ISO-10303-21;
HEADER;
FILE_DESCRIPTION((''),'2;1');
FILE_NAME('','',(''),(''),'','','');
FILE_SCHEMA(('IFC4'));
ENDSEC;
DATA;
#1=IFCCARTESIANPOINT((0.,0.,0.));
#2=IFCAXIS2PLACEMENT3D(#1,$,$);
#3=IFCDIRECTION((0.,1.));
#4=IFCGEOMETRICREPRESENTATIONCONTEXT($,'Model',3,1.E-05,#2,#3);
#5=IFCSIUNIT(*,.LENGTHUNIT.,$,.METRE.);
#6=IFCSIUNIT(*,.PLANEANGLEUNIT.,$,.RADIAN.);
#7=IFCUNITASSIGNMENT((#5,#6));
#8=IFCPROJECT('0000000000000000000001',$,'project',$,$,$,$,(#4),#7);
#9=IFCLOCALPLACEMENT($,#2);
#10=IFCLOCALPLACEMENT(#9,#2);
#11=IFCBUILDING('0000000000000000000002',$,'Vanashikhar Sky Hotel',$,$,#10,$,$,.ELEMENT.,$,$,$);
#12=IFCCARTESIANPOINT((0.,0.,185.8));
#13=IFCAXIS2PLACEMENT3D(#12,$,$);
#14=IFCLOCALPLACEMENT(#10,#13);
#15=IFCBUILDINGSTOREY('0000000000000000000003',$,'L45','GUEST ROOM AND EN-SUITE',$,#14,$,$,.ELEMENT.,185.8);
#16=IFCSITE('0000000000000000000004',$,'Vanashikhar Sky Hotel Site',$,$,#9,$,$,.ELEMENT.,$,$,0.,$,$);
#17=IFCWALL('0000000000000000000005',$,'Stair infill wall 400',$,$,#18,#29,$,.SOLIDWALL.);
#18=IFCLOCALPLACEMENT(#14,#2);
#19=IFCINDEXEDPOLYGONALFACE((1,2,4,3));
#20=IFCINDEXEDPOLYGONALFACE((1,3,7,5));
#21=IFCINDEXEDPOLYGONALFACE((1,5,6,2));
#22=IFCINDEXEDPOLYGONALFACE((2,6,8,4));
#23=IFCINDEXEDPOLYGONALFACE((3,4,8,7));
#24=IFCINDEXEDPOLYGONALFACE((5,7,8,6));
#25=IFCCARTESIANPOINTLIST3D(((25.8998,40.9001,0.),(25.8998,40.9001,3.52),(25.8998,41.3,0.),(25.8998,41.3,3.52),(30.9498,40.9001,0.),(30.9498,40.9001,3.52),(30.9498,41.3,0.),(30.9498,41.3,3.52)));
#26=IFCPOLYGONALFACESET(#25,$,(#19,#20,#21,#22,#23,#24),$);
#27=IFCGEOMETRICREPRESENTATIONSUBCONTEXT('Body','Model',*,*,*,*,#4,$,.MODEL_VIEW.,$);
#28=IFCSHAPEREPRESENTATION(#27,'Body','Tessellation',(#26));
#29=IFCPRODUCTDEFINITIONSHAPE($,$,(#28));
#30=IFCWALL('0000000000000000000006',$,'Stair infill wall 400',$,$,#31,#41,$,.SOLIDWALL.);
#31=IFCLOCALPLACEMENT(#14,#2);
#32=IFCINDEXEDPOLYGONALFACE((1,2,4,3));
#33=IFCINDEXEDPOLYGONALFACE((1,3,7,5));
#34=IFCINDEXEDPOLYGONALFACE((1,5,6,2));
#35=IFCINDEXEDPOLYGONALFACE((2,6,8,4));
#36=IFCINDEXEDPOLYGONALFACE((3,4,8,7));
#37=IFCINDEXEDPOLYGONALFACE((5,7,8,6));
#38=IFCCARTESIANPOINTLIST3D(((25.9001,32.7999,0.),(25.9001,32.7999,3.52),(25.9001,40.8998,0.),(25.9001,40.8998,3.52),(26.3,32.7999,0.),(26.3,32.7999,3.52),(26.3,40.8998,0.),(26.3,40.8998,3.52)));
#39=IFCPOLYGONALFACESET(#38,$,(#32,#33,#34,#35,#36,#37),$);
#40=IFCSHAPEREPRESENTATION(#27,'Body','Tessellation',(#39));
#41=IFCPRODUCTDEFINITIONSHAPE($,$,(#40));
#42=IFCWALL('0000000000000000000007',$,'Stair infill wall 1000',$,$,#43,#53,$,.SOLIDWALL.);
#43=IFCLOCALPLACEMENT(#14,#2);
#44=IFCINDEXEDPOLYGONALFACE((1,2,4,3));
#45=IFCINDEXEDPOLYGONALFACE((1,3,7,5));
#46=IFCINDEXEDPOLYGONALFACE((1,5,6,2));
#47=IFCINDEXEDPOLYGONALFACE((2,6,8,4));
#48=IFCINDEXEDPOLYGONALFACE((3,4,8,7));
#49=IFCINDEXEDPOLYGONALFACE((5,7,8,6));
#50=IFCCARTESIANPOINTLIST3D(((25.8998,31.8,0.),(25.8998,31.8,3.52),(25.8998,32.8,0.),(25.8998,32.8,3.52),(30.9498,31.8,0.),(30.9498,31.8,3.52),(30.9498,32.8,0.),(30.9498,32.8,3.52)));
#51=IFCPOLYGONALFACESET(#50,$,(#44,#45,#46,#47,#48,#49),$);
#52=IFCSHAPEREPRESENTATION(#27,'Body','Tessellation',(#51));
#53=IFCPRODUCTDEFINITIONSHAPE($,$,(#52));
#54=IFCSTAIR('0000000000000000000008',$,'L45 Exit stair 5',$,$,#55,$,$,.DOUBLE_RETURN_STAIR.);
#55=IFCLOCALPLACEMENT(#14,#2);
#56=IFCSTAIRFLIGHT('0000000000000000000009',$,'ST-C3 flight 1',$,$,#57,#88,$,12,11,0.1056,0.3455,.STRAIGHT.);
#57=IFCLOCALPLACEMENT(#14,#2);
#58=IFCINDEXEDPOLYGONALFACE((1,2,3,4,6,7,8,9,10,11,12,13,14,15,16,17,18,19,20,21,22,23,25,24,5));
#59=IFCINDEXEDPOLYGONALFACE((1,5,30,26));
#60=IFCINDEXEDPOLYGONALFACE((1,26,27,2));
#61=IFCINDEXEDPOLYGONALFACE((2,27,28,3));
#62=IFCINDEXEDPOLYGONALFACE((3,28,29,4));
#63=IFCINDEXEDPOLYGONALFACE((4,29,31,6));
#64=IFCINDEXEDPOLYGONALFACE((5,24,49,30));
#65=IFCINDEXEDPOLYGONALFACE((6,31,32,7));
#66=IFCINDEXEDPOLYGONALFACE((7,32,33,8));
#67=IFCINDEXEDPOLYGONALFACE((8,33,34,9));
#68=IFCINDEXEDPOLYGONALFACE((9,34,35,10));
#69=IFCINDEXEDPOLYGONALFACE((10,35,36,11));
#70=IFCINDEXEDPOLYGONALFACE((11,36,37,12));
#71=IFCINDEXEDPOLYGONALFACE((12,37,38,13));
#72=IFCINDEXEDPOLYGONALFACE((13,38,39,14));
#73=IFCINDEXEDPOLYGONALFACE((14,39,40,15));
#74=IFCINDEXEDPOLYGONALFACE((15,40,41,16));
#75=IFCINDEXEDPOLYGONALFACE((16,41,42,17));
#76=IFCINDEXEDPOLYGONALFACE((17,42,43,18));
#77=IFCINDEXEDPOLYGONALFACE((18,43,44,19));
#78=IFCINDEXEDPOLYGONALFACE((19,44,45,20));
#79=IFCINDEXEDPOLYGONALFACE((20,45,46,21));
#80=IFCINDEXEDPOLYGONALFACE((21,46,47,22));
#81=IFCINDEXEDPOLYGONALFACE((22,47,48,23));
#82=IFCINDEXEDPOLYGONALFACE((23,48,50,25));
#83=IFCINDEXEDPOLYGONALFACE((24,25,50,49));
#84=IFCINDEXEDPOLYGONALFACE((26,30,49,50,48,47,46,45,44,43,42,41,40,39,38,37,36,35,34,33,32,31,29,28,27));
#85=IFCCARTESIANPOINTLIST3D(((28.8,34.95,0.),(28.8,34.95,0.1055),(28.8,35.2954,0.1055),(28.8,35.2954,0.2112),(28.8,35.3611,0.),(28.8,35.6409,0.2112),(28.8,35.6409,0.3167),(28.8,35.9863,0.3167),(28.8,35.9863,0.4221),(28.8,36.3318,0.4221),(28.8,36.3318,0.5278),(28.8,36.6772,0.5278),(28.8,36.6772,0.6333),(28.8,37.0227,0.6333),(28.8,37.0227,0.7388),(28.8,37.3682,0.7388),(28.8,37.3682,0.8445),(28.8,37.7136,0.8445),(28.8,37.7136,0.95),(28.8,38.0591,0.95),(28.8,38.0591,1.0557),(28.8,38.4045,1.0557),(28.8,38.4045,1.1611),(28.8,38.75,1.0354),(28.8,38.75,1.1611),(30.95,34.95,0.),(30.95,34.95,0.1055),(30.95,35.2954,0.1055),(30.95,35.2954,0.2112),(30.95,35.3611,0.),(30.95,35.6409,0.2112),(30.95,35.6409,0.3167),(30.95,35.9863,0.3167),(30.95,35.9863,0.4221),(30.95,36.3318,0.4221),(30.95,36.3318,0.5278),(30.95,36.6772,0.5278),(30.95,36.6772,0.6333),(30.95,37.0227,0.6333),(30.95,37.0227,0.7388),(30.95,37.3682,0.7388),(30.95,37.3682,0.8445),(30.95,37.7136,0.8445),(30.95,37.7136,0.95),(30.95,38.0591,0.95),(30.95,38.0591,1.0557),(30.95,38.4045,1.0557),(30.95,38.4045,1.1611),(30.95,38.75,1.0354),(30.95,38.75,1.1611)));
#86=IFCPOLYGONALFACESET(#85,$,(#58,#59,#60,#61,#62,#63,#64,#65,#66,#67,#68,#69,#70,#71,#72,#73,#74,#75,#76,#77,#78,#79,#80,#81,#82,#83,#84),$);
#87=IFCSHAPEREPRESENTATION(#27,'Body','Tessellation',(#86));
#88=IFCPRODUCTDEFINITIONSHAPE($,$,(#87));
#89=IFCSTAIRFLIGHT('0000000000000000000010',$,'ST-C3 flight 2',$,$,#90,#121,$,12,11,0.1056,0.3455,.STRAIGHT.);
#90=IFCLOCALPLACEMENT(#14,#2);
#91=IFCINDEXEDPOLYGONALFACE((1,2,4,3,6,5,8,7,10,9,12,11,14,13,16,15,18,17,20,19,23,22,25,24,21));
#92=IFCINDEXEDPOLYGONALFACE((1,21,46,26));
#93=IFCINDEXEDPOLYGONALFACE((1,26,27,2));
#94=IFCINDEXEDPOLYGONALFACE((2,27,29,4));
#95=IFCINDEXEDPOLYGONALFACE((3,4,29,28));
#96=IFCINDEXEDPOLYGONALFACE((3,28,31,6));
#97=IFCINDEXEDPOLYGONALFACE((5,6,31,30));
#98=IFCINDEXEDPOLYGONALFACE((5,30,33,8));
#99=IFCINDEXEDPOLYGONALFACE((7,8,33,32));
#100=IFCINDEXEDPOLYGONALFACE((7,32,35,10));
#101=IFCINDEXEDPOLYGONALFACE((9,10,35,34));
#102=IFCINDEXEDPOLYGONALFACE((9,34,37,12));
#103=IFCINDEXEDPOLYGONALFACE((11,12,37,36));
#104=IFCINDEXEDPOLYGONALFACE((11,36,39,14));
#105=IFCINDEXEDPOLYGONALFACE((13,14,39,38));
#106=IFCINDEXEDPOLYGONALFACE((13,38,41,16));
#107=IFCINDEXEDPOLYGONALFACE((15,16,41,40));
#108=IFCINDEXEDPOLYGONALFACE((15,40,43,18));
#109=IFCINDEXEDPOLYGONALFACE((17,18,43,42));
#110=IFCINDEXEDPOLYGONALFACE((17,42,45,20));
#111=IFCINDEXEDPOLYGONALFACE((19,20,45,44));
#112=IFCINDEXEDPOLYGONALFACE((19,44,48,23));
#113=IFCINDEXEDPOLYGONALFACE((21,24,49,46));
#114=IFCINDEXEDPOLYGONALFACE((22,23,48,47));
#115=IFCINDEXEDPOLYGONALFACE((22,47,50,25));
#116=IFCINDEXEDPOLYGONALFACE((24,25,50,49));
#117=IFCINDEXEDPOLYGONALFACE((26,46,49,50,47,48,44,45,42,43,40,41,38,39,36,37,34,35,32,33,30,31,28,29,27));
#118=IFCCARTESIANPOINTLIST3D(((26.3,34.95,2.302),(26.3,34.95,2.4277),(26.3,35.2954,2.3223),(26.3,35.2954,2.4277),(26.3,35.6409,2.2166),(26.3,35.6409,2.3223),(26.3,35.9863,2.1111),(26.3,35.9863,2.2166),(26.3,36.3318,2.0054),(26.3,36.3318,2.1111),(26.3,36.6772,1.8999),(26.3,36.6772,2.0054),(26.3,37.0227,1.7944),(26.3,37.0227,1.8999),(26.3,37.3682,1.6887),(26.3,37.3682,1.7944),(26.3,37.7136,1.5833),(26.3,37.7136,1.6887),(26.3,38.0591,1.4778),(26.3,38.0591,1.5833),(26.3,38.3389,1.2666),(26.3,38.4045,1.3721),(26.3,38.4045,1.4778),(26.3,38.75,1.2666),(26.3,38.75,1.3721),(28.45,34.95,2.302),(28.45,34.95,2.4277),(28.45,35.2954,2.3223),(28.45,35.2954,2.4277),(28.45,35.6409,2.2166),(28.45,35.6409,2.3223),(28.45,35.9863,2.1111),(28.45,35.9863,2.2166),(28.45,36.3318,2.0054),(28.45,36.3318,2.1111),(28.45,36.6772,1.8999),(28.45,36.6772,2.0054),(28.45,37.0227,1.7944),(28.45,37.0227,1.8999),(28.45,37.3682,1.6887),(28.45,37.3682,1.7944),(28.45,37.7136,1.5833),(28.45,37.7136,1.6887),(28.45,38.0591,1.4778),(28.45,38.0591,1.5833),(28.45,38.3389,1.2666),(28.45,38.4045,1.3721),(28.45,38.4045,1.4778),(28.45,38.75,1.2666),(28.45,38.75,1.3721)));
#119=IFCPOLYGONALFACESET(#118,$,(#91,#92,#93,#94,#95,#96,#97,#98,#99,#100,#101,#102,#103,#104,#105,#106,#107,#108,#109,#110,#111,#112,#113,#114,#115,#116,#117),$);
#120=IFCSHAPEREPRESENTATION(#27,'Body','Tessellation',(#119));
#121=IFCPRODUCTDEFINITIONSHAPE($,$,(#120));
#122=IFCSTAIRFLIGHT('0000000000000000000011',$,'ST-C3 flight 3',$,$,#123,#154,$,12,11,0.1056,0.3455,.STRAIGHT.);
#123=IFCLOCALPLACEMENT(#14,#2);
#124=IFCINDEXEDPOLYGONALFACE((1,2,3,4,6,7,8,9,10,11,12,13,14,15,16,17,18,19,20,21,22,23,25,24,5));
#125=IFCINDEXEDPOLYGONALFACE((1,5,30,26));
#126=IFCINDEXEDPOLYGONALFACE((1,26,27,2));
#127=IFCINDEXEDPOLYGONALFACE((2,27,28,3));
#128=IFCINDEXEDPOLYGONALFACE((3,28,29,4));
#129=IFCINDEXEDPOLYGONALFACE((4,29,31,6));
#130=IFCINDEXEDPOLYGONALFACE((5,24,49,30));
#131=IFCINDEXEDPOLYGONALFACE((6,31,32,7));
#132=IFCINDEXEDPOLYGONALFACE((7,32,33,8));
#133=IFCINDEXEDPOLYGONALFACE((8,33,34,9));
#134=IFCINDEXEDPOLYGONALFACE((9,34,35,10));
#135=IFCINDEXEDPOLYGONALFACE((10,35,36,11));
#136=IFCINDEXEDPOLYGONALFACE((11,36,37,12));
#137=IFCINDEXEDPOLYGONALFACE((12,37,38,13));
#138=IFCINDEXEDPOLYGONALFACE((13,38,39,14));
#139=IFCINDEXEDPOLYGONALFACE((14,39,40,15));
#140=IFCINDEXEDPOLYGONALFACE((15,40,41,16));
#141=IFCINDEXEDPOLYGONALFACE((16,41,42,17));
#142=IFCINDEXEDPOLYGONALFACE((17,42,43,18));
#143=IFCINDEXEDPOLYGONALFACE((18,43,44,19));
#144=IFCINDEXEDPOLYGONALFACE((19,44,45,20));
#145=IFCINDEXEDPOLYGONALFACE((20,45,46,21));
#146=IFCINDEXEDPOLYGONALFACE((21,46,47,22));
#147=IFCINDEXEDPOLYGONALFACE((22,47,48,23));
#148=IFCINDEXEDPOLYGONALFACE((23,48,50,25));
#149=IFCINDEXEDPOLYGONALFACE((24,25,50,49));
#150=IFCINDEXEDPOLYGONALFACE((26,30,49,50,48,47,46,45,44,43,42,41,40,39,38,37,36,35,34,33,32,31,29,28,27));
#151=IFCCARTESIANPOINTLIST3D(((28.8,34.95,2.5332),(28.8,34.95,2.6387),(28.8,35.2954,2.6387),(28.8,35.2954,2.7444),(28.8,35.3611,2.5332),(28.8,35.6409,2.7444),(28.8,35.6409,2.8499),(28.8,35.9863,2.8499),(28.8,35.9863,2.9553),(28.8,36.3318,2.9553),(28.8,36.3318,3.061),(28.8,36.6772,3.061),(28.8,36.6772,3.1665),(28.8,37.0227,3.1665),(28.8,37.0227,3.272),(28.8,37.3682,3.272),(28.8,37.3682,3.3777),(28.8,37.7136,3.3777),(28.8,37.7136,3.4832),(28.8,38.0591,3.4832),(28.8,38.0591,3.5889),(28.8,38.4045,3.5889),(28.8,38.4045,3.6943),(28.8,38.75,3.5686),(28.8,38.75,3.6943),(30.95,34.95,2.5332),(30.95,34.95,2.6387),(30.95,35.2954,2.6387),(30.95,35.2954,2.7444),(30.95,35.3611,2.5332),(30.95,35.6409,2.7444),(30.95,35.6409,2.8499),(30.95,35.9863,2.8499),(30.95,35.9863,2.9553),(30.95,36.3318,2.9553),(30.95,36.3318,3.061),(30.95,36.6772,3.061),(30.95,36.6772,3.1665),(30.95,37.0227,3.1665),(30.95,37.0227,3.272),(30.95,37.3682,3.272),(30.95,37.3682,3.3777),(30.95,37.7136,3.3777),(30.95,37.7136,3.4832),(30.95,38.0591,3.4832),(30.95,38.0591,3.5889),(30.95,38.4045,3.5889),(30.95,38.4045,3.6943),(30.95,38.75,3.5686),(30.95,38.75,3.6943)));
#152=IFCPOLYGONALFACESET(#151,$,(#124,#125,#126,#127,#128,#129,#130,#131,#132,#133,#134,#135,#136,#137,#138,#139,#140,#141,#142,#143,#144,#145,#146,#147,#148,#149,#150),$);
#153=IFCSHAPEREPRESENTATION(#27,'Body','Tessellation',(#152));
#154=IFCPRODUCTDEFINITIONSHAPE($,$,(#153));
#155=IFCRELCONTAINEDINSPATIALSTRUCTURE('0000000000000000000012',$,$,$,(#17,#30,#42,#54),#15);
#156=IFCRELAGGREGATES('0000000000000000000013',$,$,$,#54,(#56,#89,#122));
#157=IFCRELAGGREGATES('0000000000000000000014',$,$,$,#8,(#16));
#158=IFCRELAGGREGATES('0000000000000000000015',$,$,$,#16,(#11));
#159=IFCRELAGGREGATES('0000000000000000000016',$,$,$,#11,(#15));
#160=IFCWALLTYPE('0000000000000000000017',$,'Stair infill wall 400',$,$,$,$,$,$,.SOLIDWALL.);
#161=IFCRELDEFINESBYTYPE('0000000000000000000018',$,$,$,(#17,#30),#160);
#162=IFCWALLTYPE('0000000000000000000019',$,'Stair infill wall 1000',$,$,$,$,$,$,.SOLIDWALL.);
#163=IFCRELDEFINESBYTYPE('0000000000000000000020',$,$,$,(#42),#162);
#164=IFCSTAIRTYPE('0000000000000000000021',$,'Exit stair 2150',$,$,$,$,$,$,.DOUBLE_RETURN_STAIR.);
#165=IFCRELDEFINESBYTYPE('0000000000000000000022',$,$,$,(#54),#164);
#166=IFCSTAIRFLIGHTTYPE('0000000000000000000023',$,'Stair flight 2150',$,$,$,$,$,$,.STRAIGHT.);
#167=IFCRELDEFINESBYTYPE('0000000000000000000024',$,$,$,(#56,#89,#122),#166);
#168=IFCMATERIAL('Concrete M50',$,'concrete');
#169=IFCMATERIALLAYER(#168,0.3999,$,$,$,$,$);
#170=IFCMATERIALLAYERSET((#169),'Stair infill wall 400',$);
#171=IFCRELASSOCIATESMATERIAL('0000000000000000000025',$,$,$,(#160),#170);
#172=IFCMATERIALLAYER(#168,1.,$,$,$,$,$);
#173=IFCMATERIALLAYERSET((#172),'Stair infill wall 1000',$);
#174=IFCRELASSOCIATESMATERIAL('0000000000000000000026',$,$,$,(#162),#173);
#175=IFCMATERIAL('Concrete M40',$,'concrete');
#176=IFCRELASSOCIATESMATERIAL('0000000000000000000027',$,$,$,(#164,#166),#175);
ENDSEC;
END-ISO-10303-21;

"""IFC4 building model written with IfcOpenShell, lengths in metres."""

from ifc_helpers import new_model, si_unit, direction, frame, frame_2d, origin, place, context, subcontext, project, spatial, polyline, rectangle, outline, extrude, source, transform, mapped, material, layer, layer_set, type_object, element, aggregate, save


model = new_model("IFC4")

# Units and contexts
model_context = context("Model", 3, precision=1e-05, world=origin(), true_north=direction((0.0, 1.0)))
body_context = subcontext(model_context, "Body", "Model", "MODEL_VIEW")
ifc_project = project(units=[si_unit("LENGTHUNIT", "METRE"), si_unit("PLANEANGLEUNIT", "RADIAN")], contexts=[model_context])

# Site, building, storey
site_placement = place(None, origin())
site = spatial("IfcSite", under=ifc_project, at=site_placement, Name="Vanashikhar Sky Hotel Site", CompositionType="ELEMENT", RefElevation=0.0)
building_placement = place(site_placement, origin())
building = spatial("IfcBuilding", under=site, at=building_placement, Name="Vanashikhar Sky Hotel", CompositionType="ELEMENT")
storey_placement = place(building_placement, frame((0.0, 0.0, 185.8)))
storey = spatial("IfcBuildingStorey", under=building, at=storey_placement, Name="L45", Description="GUEST ROOM AND EN-SUITE", CompositionType="ELEMENT", Elevation=185.8)

# Shared definitions
ifc_material_1 = material(Name="Concrete M50", Category="concrete")

# Shared definitions
ifc_material_2 = material(Name="Concrete M40", Category="concrete")

# Walls
ifc_layer_1 = layer(ifc_material_1, 0.3999)
ifc_layer_set_1 = layer_set([ifc_layer_1], Name="Stair infill wall 400")
wall_type_1 = type_object("IfcWallType", Name="Stair infill wall 400", PredefinedType="SOLIDWALL", material=ifc_layer_set_1)
shared_shape_1 = source(origin(), body_context, "Body", "SweptSolid", [
    extrude(rectangle(XDim=5.05, YDim=0.3999, at=frame_2d((2.5249, 0.0))), origin(), (0.0, 0.0, 1.0), 3.52),
])
wall_1_placement = place(storey_placement, frame((25.8999, 41.1001, 0.0), z_axis=(0.0, 0.0, 1.0), x_axis=(1.0, 0.0, 0.0)))
element("IfcWall", 1, at=wall_1_placement, inside=storey, type_object=wall_type_1, Name="Stair infill wall 400", PredefinedType="SOLIDWALL", context=body_context, shape_type="MappedRepresentation", body=[
    mapped(shared_shape_1, transform((0.0, 0.0, 0.0), scale=1.0)),
])
shared_shape_2 = source(origin(), body_context, "Body", "SweptSolid", [
    extrude(rectangle(XDim=8.0999, YDim=0.3999, at=frame_2d((4.0498, 0.0))), origin(), (0.0, 0.0, 1.0), 3.52),
])
wall_2_placement = place(storey_placement, frame((26.1001, 32.8, 0.0), z_axis=(0.0, 0.0, 1.0), x_axis=(0.0, 1.0, 0.0)))
element("IfcWall", 2, at=wall_2_placement, inside=storey, type_object=wall_type_1, Name="Stair infill wall 400", PredefinedType="SOLIDWALL", context=body_context, shape_type="MappedRepresentation", body=[
    mapped(shared_shape_2, transform((0.0, 0.0, 0.0), scale=1.0)),
])
ifc_layer_2 = layer(ifc_material_1, 1.0)
ifc_layer_set_2 = layer_set([ifc_layer_2], Name="Stair infill wall 1000")
wall_type_2 = type_object("IfcWallType", Name="Stair infill wall 1000", PredefinedType="SOLIDWALL", material=ifc_layer_set_2)
shared_shape_3 = source(origin(), body_context, "Body", "SweptSolid", [
    extrude(rectangle(XDim=5.05, YDim=1.0, at=frame_2d((2.5249, 0.0))), origin(), (0.0, 0.0, 1.0), 3.52),
])
wall_3_placement = place(storey_placement, frame((25.8999, 32.3, 0.0), z_axis=(0.0, 0.0, 1.0), x_axis=(1.0, 0.0, 0.0)))
element("IfcWall", 3, at=wall_3_placement, inside=storey, type_object=wall_type_2, Name="Stair infill wall 1000", PredefinedType="SOLIDWALL", context=body_context, shape_type="MappedRepresentation", body=[
    mapped(shared_shape_3, transform((0.0, 0.0, 0.0), scale=1.0)),
])

# Stair, stair flights
stair_type = type_object("IfcStairType", Name="Exit stair 2150", PredefinedType="DOUBLE_RETURN_STAIR", material=ifc_material_2)
stair_placement = place(storey_placement, origin())
stair = element("IfcStair", 4, at=stair_placement, inside=storey, type_object=stair_type, Name="L45 Exit stair 5", PredefinedType="DOUBLE_RETURN_STAIR")
stair_flight_type = type_object("IfcStairFlightType", Name="Stair flight 2150", PredefinedType="STRAIGHT", material=ifc_material_2)
shared_shape_4 = source(origin(), body_context, "Body", "SweptSolid", [
    extrude(outline(polyline([(0.0, 0.0), (0.0, 0.1055), (0.3455, 0.1055), (0.3455, 0.2112), (0.6909, 0.2112), (0.6909, 0.3167), (1.0364, 0.3167), (1.0364, 0.4221), (1.3818, 0.4221), (1.3818, 0.5278), (1.7273, 0.5278), (1.7273, 0.6333), (2.0728, 0.6333), (2.0728, 0.7388), (2.4182, 0.7388), (2.4182, 0.8445), (2.7637, 0.8445), (2.7637, 0.95), (3.1091, 0.95), (3.1091, 1.0557), (3.4546, 1.0557), (3.4546, 1.1611), (3.8, 1.1611), (3.8, 1.2666), (3.8, 1.0354), (0.4111, 0.0), (0.0, 0.0)])), frame((0.0, 1.075, 0.0), z_axis=(0.0, -1.0, 0.0), x_axis=(1.0, 0.0, 0.0)), (0.0, 0.0, 1.0), 2.1499),
])
stair_flight_1_placement = place(storey_placement, frame((29.875, 34.95, 0.0), z_axis=(0.0, 0.0, 1.0), x_axis=(0.0, 1.0, 0.0)))
stair_flight_1 = element("IfcStairFlight", 5, at=stair_flight_1_placement, type_object=stair_flight_type, Name="ST-C3 flight 1", NumberOfRisers=12, NumberOfTreads=11, PredefinedType="STRAIGHT", RiserHeight=0.1056, TreadLength=0.3455, context=body_context, shape_type="MappedRepresentation", body=[
    mapped(shared_shape_4, transform((0.0, 0.0, 0.0), scale=1.0)),
])
stair_flight_2_placement = place(storey_placement, frame((27.375, 38.75, 1.2666), z_axis=(0.0, 0.0, 1.0), x_axis=(0.0, -1.0, 0.0)))
stair_flight_2 = element("IfcStairFlight", 6, at=stair_flight_2_placement, type_object=stair_flight_type, Name="ST-C3 flight 2", NumberOfRisers=12, NumberOfTreads=11, PredefinedType="STRAIGHT", RiserHeight=0.1056, TreadLength=0.3455, context=body_context, shape_type="MappedRepresentation", body=[
    mapped(shared_shape_4, transform((0.0, 0.0, 0.0), scale=1.0)),
])
stair_flight_3_placement = place(storey_placement, frame((29.875, 34.95, 2.5332), z_axis=(0.0, 0.0, 1.0), x_axis=(0.0, 1.0, 0.0)))
stair_flight_3 = element("IfcStairFlight", 7, at=stair_flight_3_placement, type_object=stair_flight_type, Name="ST-C3 flight 3", NumberOfRisers=12, NumberOfTreads=11, PredefinedType="STRAIGHT", RiserHeight=0.1056, TreadLength=0.3455, context=body_context, shape_type="MappedRepresentation", body=[
    mapped(shared_shape_4, transform((0.0, 0.0, 0.0), scale=1.0)),
])
aggregate(stair, [stair_flight_1, stair_flight_2, stair_flight_3])

save(model, "model.ifc")
